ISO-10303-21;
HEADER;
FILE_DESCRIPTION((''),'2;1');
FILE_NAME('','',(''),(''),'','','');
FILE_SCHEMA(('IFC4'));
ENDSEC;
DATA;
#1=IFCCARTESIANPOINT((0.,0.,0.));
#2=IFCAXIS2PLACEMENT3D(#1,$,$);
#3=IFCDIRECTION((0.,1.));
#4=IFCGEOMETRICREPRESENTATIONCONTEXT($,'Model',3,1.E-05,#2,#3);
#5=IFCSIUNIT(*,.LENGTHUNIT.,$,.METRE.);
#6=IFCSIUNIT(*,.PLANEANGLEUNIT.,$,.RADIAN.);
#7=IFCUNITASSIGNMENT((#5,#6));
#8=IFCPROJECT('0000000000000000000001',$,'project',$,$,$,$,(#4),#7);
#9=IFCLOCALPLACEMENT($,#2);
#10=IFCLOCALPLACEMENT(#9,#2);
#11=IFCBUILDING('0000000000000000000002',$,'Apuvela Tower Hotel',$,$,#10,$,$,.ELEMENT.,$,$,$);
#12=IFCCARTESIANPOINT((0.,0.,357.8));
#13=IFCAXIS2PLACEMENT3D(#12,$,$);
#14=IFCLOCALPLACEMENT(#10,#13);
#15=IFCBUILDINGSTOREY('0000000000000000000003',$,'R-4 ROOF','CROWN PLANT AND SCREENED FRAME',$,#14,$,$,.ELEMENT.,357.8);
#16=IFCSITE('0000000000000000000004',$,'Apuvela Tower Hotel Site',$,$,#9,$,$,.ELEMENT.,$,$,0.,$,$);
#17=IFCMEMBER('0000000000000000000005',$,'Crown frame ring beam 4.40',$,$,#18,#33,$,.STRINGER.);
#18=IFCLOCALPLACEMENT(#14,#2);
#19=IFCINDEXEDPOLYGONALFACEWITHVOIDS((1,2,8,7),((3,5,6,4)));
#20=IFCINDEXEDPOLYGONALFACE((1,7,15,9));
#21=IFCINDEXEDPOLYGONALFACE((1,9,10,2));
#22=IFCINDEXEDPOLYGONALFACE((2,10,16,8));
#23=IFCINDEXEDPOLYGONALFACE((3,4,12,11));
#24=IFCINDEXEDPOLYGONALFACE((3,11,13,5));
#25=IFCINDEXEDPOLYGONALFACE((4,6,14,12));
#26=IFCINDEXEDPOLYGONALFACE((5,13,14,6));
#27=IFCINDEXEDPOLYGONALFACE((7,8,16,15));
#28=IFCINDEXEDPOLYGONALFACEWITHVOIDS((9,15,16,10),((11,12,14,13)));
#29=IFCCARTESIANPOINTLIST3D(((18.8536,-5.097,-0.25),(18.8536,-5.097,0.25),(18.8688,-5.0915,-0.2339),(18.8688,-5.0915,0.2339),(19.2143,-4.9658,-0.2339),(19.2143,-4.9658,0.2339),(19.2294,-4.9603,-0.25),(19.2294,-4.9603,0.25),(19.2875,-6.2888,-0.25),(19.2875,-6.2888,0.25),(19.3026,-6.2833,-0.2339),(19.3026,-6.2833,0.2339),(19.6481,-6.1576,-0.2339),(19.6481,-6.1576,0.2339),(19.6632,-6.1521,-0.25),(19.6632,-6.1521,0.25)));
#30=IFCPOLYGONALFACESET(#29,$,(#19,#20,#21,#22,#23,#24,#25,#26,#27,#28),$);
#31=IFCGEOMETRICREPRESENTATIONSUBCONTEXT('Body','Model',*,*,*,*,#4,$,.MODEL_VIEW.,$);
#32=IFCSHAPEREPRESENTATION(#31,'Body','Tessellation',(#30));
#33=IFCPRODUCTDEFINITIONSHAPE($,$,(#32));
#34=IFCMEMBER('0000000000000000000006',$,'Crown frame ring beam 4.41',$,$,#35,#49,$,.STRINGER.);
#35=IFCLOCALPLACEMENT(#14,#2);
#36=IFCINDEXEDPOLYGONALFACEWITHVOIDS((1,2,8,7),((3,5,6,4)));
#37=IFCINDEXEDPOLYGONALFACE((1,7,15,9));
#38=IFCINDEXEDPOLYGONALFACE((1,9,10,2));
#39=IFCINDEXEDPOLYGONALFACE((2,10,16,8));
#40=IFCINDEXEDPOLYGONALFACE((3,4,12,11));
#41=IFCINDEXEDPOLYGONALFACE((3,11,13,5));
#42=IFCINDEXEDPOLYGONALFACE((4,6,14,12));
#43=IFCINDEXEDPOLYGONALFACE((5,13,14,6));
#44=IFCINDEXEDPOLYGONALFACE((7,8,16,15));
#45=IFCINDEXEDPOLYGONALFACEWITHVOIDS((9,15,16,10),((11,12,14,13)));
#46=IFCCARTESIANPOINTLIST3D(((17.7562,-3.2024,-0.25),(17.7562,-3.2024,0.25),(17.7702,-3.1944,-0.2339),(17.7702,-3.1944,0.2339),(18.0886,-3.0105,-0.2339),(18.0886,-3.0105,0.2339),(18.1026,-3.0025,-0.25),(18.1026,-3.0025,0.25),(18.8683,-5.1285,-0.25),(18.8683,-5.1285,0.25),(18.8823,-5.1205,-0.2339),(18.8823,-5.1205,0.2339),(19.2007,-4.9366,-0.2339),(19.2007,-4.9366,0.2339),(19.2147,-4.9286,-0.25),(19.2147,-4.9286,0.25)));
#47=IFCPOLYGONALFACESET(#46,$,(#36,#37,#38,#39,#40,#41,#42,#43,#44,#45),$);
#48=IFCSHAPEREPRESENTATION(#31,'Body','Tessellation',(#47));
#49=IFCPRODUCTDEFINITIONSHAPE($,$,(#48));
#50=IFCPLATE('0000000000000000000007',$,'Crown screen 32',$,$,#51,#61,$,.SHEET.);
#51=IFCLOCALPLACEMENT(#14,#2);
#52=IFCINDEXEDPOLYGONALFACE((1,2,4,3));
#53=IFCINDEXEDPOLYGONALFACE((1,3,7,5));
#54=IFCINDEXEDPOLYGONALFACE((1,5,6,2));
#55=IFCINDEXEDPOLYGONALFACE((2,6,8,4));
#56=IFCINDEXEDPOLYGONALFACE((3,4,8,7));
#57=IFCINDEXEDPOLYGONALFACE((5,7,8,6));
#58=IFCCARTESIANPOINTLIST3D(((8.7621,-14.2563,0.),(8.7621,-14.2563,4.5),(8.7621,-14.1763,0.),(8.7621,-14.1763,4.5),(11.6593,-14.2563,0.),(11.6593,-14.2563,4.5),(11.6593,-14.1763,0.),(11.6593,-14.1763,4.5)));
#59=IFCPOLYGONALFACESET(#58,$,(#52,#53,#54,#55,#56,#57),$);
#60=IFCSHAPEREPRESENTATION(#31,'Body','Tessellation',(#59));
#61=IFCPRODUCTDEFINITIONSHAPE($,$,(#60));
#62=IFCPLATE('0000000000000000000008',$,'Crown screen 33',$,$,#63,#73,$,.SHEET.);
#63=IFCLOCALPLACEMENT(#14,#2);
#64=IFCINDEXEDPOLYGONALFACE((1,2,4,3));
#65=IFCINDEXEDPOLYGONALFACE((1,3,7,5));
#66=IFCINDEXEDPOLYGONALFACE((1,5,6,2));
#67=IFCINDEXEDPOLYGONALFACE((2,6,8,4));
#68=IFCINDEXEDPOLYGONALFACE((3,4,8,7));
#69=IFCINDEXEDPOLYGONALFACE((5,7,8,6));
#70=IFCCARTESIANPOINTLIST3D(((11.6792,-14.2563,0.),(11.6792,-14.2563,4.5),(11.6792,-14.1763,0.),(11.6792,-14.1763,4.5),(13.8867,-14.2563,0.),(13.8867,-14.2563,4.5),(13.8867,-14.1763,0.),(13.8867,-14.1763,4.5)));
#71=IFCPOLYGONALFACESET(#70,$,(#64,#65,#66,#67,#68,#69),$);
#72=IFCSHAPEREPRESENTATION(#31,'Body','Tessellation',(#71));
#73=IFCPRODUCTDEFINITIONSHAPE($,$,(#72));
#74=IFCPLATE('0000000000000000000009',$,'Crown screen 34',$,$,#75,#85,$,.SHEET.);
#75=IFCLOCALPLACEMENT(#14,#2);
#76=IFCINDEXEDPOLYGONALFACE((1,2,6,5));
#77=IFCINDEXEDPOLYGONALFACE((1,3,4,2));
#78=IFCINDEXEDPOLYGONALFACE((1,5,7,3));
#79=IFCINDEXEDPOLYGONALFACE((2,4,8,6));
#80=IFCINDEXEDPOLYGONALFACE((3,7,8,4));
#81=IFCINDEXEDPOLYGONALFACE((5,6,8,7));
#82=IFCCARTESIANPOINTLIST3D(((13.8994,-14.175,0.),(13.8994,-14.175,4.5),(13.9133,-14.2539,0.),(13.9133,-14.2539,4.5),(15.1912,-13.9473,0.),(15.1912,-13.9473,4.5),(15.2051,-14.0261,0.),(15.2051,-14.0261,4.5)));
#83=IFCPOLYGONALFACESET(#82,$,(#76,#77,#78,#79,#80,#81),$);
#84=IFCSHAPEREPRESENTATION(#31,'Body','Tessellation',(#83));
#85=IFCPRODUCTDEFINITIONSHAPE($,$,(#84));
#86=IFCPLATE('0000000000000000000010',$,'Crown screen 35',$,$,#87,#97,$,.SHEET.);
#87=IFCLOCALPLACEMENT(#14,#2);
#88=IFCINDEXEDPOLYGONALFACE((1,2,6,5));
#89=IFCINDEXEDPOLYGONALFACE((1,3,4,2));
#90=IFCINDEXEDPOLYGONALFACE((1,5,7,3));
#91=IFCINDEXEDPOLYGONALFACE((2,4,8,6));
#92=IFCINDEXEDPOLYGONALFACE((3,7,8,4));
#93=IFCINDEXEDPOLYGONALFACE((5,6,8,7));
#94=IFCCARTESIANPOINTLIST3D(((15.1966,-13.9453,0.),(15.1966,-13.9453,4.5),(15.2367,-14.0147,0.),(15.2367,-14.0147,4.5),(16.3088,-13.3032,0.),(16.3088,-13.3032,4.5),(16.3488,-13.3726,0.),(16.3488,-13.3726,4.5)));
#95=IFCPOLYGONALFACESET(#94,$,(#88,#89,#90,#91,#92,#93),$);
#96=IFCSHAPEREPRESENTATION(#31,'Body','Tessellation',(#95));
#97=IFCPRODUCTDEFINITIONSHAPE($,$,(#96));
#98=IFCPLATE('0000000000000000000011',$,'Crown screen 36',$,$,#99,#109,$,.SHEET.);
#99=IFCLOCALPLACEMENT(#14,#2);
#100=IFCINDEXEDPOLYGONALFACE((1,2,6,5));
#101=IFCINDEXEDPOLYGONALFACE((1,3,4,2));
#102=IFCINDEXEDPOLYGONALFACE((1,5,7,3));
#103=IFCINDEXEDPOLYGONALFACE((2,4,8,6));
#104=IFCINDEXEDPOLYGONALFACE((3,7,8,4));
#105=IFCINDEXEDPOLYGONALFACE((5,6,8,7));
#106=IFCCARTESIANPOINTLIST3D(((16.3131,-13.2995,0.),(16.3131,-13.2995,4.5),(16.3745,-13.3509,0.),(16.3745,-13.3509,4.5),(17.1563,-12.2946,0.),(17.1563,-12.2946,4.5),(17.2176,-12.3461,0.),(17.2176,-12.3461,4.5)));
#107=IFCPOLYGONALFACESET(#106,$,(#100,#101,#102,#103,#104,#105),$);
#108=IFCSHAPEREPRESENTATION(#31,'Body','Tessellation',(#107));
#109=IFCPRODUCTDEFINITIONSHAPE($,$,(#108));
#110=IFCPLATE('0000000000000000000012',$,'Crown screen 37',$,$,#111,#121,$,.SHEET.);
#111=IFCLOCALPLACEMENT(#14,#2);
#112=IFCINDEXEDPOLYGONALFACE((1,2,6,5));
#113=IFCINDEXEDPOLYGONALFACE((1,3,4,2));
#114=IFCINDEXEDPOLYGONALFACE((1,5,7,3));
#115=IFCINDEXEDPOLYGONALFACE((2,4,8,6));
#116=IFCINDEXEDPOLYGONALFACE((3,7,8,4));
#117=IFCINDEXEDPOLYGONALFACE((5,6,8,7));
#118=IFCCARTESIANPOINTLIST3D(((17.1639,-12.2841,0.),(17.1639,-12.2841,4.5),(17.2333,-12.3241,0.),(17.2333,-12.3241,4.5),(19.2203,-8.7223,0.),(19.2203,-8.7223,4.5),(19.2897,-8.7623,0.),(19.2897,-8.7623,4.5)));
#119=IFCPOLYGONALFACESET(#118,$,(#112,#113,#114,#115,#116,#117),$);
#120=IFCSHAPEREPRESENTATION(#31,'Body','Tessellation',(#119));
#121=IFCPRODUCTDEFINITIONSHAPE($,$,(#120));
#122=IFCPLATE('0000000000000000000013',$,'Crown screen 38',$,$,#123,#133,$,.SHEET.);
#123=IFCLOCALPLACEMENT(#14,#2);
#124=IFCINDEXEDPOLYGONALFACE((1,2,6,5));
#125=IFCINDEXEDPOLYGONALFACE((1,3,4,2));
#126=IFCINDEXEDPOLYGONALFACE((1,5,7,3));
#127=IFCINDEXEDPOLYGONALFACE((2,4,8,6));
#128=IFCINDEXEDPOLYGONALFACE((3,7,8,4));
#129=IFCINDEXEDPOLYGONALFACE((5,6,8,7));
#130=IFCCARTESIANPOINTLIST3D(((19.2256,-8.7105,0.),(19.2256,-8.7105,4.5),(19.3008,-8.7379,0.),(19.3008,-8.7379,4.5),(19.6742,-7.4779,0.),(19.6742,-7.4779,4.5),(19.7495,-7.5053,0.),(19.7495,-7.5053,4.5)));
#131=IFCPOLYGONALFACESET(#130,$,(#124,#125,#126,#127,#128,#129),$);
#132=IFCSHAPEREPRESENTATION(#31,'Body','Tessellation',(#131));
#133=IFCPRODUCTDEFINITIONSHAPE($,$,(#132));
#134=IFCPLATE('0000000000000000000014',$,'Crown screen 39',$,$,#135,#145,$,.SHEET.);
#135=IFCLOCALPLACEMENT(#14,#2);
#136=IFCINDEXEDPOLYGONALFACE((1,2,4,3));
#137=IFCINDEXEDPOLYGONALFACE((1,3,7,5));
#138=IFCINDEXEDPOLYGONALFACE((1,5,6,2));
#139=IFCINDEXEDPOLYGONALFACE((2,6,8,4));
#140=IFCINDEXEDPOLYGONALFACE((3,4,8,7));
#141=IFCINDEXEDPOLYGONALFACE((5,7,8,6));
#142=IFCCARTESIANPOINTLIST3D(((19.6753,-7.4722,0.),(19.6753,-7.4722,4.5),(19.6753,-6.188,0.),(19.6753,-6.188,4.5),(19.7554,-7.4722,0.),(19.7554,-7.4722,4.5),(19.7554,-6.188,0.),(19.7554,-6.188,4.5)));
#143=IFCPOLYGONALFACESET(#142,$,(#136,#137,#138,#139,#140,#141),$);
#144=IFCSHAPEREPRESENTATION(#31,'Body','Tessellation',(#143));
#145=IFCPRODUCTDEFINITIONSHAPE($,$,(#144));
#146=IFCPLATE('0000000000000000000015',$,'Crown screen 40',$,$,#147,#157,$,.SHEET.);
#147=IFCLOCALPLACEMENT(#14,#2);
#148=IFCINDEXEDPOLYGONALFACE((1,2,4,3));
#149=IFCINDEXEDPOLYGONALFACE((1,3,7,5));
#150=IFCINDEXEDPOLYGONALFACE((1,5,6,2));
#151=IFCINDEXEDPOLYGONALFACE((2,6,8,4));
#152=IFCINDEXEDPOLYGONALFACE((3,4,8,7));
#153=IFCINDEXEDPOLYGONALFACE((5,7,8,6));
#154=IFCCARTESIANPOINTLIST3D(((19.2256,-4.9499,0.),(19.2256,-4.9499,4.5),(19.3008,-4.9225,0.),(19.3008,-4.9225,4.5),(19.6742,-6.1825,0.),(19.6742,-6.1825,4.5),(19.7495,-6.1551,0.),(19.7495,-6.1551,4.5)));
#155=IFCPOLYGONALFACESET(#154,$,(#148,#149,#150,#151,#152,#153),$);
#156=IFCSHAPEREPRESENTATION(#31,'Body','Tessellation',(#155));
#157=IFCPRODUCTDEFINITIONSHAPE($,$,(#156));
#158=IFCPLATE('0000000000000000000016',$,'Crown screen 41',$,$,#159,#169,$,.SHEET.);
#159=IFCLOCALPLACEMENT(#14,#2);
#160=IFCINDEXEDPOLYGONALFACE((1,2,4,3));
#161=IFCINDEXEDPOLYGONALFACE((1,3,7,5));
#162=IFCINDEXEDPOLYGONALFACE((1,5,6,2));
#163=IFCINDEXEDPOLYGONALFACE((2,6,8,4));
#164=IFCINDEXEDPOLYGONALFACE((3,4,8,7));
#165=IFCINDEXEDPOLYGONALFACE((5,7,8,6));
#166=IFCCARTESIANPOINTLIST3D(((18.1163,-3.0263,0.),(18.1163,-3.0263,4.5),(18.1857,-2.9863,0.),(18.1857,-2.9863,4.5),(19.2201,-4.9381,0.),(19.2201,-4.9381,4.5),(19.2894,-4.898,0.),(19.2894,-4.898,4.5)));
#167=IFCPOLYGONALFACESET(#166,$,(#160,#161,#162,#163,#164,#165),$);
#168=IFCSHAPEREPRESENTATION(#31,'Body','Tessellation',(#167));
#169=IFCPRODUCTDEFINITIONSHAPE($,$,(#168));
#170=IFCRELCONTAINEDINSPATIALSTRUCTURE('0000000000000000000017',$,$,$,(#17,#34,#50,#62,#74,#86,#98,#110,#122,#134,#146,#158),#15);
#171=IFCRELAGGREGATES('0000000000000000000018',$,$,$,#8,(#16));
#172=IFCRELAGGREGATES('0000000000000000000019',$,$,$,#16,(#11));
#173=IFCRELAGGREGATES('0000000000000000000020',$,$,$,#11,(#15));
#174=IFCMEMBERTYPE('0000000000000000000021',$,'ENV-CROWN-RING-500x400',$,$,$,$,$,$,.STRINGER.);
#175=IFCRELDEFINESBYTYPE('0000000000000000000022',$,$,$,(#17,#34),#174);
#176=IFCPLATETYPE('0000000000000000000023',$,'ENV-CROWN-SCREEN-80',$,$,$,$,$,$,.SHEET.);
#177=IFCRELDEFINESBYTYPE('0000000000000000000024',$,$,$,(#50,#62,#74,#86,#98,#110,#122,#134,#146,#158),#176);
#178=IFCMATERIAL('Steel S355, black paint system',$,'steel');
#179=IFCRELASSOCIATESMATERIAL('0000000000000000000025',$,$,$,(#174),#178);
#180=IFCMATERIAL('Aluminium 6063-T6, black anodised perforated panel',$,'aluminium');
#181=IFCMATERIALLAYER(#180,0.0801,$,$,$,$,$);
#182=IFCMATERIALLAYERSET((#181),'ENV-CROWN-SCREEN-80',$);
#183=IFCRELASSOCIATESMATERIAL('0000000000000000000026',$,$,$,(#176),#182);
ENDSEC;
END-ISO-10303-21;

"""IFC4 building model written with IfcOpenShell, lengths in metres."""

from ifc_helpers import new_model, si_unit, direction, frame, origin, origin_2d, place, context, subcontext, project, spatial, rectangle, hollow_rectangle, extrude, material, layer, layer_set, material_profile, profile_set, type_object, element, save


model = new_model("IFC4")

# Units and contexts
model_context = context("Model", 3, precision=1e-05, world=origin(), true_north=direction((0.0, 1.0)))
body_context = subcontext(model_context, "Body", "Model", "MODEL_VIEW")
ifc_project = project(units=[si_unit("LENGTHUNIT", "METRE"), si_unit("PLANEANGLEUNIT", "RADIAN")], contexts=[model_context])

# Site, building, storey
site_placement = place(None, origin())
site = spatial("IfcSite", under=ifc_project, at=site_placement, Name="Apuvela Tower Hotel Site", CompositionType="ELEMENT", RefElevation=0.0)
building_placement = place(site_placement, origin())
building = spatial("IfcBuilding", under=site, at=building_placement, Name="Apuvela Tower Hotel", CompositionType="ELEMENT")
storey_placement = place(building_placement, frame((0.0, 0.0, 357.8)))
storey = spatial("IfcBuildingStorey", under=building, at=storey_placement, Name="R-4 ROOF", Description="CROWN PLANT AND SCREENED FRAME", CompositionType="ELEMENT", Elevation=357.8)

# Members
ifc_material_1 = material(Name="Steel S355, black paint system", Category="steel")
ifc_material_profile_1 = material_profile(ifc_material_1, hollow_rectangle(XDim=0.3999, YDim=0.5, WallThickness=0.0161, at=origin_2d()), Name="HSS 500x400x16")
ifc_profile_set_1 = profile_set([ifc_material_profile_1], Name="Steel S355, black paint system")
member_type_1 = type_object("IfcMemberType", Name="ENV-CROWN-RING-500x400", PredefinedType="STRINGER", material=ifc_profile_set_1)
member_1_placement = place(storey_placement, frame((19.4753, -6.2205, 0.0), z_axis=(-0.342037, 0.939687, 0.0), x_axis=(-0.939687, -0.342037, 0.0)))
element("IfcMember", 1, at=member_1_placement, inside=storey, type_object=member_type_1, Name="Crown frame ring beam 4.40", PredefinedType="STRINGER", context=body_context, shape_type="SweptSolid", body=[
    extrude(hollow_rectangle(XDim=0.3999, YDim=0.5, WallThickness=0.0161, at=origin_2d()), origin(), (0.0, 0.0, 1.0), 1.2683),
])
member_2_placement = place(storey_placement, frame((19.0415, -5.0286, 0.0), z_axis=(-0.500023, 0.866012, 0.0), x_axis=(-0.866012, -0.500023, 0.0)))
element("IfcMember", 2, at=member_2_placement, inside=storey, type_object=member_type_1, Name="Crown frame ring beam 4.41", PredefinedType="STRINGER", context=body_context, shape_type="SweptSolid", body=[
    extrude(hollow_rectangle(XDim=0.3999, YDim=0.5, WallThickness=0.0161, at=origin_2d()), origin(), (0.0, 0.0, 1.0), 2.2241),
])

# Plates
ifc_material_2 = material(Name="Aluminium 6063-T6, black anodised perforated panel", Category="aluminium")
ifc_layer = layer(ifc_material_2, 0.0801)
ifc_layer_set = layer_set([ifc_layer], Name="ENV-CROWN-SCREEN-80")
plate_type = type_object("IfcPlateType", Name="ENV-CROWN-SCREEN-80", PredefinedType="SHEET", material=ifc_layer_set)
plate_1_placement = place(storey_placement, frame((10.2107, -14.2163, 0.0), z_axis=(0.0, 0.0, 1.0), x_axis=(1.0, 0.0, 0.0)))
element("IfcPlate", 3, at=plate_1_placement, inside=storey, type_object=plate_type, Name="Crown screen 32", PredefinedType="SHEET", context=body_context, shape_type="SweptSolid", body=[
    extrude(rectangle(XDim=2.8972, YDim=0.0801, at=origin_2d()), origin(), (0.0, 0.0, 1.0), 4.5),
])
plate_2_placement = place(storey_placement, frame((12.783, -14.2163, 0.0), z_axis=(0.0, 0.0, 1.0), x_axis=(1.0, 0.0, 0.0)))
element("IfcPlate", 4, at=plate_2_placement, inside=storey, type_object=plate_type, Name="Crown screen 33", PredefinedType="SHEET", context=body_context, shape_type="SweptSolid", body=[
    extrude(rectangle(XDim=2.2075, YDim=0.0801, at=origin_2d()), origin(), (0.0, 0.0, 1.0), 4.5),
])
plate_3_placement = place(storey_placement, frame((14.5522, -14.1006, 0.0), z_axis=(0.0, 0.0, 1.0), x_axis=(0.984808, 0.173648, 0.0)))
element("IfcPlate", 5, at=plate_3_placement, inside=storey, type_object=plate_type, Name="Crown screen 34", PredefinedType="SHEET", context=body_context, shape_type="SweptSolid", body=[
    extrude(rectangle(XDim=1.3118, YDim=0.0801, at=origin_2d()), origin(), (0.0, 0.0, 1.0), 4.5),
])
plate_4_placement = place(storey_placement, frame((15.7727, -13.6589, 0.0), z_axis=(0.0, 0.0, 1.0), x_axis=(0.866025, 0.5, 0.0)))
element("IfcPlate", 6, at=plate_4_placement, inside=storey, type_object=plate_type, Name="Crown screen 35", PredefinedType="SHEET", context=body_context, shape_type="SweptSolid", body=[
    extrude(rectangle(XDim=1.2842, YDim=0.0801, at=origin_2d()), origin(), (0.0, 0.0, 1.0), 4.5),
])
plate_5_placement = place(storey_placement, frame((16.7654, -12.8228, 0.0), z_axis=(0.0, 0.0, 1.0), x_axis=(0.642788, 0.766044, 0.0)))
element("IfcPlate", 7, at=plate_5_placement, inside=storey, type_object=plate_type, Name="Crown screen 36", PredefinedType="SHEET", context=body_context, shape_type="SweptSolid", body=[
    extrude(rectangle(XDim=1.3118, YDim=0.0801, at=origin_2d()), origin(), (0.0, 0.0, 1.0), 4.5),
])
plate_6_placement = place(storey_placement, frame((18.2268, -10.5232, 0.0), z_axis=(0.0, 0.0, 1.0), x_axis=(0.5, 0.866025, 0.0)))
element("IfcPlate", 8, at=plate_6_placement, inside=storey, type_object=plate_type, Name="Crown screen 37", PredefinedType="SHEET", context=body_context, shape_type="SweptSolid", body=[
    extrude(rectangle(XDim=4.1128, YDim=0.0801, at=origin_2d()), origin(), (0.0, 0.0, 1.0), 4.5),
])
plate_7_placement = place(storey_placement, frame((19.4875, -8.1079, 0.0), z_axis=(0.0, 0.0, 1.0), x_axis=(0.34202, 0.939693, 0.0)))
element("IfcPlate", 9, at=plate_7_placement, inside=storey, type_object=plate_type, Name="Crown screen 38", PredefinedType="SHEET", context=body_context, shape_type="SweptSolid", body=[
    extrude(rectangle(XDim=1.3118, YDim=0.0801, at=origin_2d()), origin(), (0.0, 0.0, 1.0), 4.5),
])
plate_8_placement = place(storey_placement, frame((19.7153, -6.8301, 0.0), z_axis=(0.0, 0.0, 1.0), x_axis=(0.0, 1.0, 0.0)))
element("IfcPlate", 10, at=plate_8_placement, inside=storey, type_object=plate_type, Name="Crown screen 39", PredefinedType="SHEET", context=body_context, shape_type="SweptSolid", body=[
    extrude(rectangle(XDim=1.2842, YDim=0.0801, at=origin_2d()), origin(), (0.0, 0.0, 1.0), 4.5),
])
plate_9_placement = place(storey_placement, frame((19.4875, -5.5525, 0.0), z_axis=(0.0, 0.0, 1.0), x_axis=(-0.34202, 0.939693, 0.0)))
element("IfcPlate", 11, at=plate_9_placement, inside=storey, type_object=plate_type, Name="Crown screen 40", PredefinedType="SHEET", context=body_context, shape_type="SweptSolid", body=[
    extrude(rectangle(XDim=1.3118, YDim=0.0801, at=origin_2d()), origin(), (0.0, 0.0, 1.0), 4.5),
])
plate_10_placement = place(storey_placement, frame((18.7029, -3.9622, 0.0), z_axis=(0.0, 0.0, 1.0), x_axis=(-0.5, 0.866025, 0.0)))
element("IfcPlate", 12, at=plate_10_placement, inside=storey, type_object=plate_type, Name="Crown screen 41", PredefinedType="SHEET", context=body_context, shape_type="SweptSolid", body=[
    extrude(rectangle(XDim=2.2075, YDim=0.0801, at=origin_2d()), origin(), (0.0, 0.0, 1.0), 4.5),
])

save(model, "model.ifc")
